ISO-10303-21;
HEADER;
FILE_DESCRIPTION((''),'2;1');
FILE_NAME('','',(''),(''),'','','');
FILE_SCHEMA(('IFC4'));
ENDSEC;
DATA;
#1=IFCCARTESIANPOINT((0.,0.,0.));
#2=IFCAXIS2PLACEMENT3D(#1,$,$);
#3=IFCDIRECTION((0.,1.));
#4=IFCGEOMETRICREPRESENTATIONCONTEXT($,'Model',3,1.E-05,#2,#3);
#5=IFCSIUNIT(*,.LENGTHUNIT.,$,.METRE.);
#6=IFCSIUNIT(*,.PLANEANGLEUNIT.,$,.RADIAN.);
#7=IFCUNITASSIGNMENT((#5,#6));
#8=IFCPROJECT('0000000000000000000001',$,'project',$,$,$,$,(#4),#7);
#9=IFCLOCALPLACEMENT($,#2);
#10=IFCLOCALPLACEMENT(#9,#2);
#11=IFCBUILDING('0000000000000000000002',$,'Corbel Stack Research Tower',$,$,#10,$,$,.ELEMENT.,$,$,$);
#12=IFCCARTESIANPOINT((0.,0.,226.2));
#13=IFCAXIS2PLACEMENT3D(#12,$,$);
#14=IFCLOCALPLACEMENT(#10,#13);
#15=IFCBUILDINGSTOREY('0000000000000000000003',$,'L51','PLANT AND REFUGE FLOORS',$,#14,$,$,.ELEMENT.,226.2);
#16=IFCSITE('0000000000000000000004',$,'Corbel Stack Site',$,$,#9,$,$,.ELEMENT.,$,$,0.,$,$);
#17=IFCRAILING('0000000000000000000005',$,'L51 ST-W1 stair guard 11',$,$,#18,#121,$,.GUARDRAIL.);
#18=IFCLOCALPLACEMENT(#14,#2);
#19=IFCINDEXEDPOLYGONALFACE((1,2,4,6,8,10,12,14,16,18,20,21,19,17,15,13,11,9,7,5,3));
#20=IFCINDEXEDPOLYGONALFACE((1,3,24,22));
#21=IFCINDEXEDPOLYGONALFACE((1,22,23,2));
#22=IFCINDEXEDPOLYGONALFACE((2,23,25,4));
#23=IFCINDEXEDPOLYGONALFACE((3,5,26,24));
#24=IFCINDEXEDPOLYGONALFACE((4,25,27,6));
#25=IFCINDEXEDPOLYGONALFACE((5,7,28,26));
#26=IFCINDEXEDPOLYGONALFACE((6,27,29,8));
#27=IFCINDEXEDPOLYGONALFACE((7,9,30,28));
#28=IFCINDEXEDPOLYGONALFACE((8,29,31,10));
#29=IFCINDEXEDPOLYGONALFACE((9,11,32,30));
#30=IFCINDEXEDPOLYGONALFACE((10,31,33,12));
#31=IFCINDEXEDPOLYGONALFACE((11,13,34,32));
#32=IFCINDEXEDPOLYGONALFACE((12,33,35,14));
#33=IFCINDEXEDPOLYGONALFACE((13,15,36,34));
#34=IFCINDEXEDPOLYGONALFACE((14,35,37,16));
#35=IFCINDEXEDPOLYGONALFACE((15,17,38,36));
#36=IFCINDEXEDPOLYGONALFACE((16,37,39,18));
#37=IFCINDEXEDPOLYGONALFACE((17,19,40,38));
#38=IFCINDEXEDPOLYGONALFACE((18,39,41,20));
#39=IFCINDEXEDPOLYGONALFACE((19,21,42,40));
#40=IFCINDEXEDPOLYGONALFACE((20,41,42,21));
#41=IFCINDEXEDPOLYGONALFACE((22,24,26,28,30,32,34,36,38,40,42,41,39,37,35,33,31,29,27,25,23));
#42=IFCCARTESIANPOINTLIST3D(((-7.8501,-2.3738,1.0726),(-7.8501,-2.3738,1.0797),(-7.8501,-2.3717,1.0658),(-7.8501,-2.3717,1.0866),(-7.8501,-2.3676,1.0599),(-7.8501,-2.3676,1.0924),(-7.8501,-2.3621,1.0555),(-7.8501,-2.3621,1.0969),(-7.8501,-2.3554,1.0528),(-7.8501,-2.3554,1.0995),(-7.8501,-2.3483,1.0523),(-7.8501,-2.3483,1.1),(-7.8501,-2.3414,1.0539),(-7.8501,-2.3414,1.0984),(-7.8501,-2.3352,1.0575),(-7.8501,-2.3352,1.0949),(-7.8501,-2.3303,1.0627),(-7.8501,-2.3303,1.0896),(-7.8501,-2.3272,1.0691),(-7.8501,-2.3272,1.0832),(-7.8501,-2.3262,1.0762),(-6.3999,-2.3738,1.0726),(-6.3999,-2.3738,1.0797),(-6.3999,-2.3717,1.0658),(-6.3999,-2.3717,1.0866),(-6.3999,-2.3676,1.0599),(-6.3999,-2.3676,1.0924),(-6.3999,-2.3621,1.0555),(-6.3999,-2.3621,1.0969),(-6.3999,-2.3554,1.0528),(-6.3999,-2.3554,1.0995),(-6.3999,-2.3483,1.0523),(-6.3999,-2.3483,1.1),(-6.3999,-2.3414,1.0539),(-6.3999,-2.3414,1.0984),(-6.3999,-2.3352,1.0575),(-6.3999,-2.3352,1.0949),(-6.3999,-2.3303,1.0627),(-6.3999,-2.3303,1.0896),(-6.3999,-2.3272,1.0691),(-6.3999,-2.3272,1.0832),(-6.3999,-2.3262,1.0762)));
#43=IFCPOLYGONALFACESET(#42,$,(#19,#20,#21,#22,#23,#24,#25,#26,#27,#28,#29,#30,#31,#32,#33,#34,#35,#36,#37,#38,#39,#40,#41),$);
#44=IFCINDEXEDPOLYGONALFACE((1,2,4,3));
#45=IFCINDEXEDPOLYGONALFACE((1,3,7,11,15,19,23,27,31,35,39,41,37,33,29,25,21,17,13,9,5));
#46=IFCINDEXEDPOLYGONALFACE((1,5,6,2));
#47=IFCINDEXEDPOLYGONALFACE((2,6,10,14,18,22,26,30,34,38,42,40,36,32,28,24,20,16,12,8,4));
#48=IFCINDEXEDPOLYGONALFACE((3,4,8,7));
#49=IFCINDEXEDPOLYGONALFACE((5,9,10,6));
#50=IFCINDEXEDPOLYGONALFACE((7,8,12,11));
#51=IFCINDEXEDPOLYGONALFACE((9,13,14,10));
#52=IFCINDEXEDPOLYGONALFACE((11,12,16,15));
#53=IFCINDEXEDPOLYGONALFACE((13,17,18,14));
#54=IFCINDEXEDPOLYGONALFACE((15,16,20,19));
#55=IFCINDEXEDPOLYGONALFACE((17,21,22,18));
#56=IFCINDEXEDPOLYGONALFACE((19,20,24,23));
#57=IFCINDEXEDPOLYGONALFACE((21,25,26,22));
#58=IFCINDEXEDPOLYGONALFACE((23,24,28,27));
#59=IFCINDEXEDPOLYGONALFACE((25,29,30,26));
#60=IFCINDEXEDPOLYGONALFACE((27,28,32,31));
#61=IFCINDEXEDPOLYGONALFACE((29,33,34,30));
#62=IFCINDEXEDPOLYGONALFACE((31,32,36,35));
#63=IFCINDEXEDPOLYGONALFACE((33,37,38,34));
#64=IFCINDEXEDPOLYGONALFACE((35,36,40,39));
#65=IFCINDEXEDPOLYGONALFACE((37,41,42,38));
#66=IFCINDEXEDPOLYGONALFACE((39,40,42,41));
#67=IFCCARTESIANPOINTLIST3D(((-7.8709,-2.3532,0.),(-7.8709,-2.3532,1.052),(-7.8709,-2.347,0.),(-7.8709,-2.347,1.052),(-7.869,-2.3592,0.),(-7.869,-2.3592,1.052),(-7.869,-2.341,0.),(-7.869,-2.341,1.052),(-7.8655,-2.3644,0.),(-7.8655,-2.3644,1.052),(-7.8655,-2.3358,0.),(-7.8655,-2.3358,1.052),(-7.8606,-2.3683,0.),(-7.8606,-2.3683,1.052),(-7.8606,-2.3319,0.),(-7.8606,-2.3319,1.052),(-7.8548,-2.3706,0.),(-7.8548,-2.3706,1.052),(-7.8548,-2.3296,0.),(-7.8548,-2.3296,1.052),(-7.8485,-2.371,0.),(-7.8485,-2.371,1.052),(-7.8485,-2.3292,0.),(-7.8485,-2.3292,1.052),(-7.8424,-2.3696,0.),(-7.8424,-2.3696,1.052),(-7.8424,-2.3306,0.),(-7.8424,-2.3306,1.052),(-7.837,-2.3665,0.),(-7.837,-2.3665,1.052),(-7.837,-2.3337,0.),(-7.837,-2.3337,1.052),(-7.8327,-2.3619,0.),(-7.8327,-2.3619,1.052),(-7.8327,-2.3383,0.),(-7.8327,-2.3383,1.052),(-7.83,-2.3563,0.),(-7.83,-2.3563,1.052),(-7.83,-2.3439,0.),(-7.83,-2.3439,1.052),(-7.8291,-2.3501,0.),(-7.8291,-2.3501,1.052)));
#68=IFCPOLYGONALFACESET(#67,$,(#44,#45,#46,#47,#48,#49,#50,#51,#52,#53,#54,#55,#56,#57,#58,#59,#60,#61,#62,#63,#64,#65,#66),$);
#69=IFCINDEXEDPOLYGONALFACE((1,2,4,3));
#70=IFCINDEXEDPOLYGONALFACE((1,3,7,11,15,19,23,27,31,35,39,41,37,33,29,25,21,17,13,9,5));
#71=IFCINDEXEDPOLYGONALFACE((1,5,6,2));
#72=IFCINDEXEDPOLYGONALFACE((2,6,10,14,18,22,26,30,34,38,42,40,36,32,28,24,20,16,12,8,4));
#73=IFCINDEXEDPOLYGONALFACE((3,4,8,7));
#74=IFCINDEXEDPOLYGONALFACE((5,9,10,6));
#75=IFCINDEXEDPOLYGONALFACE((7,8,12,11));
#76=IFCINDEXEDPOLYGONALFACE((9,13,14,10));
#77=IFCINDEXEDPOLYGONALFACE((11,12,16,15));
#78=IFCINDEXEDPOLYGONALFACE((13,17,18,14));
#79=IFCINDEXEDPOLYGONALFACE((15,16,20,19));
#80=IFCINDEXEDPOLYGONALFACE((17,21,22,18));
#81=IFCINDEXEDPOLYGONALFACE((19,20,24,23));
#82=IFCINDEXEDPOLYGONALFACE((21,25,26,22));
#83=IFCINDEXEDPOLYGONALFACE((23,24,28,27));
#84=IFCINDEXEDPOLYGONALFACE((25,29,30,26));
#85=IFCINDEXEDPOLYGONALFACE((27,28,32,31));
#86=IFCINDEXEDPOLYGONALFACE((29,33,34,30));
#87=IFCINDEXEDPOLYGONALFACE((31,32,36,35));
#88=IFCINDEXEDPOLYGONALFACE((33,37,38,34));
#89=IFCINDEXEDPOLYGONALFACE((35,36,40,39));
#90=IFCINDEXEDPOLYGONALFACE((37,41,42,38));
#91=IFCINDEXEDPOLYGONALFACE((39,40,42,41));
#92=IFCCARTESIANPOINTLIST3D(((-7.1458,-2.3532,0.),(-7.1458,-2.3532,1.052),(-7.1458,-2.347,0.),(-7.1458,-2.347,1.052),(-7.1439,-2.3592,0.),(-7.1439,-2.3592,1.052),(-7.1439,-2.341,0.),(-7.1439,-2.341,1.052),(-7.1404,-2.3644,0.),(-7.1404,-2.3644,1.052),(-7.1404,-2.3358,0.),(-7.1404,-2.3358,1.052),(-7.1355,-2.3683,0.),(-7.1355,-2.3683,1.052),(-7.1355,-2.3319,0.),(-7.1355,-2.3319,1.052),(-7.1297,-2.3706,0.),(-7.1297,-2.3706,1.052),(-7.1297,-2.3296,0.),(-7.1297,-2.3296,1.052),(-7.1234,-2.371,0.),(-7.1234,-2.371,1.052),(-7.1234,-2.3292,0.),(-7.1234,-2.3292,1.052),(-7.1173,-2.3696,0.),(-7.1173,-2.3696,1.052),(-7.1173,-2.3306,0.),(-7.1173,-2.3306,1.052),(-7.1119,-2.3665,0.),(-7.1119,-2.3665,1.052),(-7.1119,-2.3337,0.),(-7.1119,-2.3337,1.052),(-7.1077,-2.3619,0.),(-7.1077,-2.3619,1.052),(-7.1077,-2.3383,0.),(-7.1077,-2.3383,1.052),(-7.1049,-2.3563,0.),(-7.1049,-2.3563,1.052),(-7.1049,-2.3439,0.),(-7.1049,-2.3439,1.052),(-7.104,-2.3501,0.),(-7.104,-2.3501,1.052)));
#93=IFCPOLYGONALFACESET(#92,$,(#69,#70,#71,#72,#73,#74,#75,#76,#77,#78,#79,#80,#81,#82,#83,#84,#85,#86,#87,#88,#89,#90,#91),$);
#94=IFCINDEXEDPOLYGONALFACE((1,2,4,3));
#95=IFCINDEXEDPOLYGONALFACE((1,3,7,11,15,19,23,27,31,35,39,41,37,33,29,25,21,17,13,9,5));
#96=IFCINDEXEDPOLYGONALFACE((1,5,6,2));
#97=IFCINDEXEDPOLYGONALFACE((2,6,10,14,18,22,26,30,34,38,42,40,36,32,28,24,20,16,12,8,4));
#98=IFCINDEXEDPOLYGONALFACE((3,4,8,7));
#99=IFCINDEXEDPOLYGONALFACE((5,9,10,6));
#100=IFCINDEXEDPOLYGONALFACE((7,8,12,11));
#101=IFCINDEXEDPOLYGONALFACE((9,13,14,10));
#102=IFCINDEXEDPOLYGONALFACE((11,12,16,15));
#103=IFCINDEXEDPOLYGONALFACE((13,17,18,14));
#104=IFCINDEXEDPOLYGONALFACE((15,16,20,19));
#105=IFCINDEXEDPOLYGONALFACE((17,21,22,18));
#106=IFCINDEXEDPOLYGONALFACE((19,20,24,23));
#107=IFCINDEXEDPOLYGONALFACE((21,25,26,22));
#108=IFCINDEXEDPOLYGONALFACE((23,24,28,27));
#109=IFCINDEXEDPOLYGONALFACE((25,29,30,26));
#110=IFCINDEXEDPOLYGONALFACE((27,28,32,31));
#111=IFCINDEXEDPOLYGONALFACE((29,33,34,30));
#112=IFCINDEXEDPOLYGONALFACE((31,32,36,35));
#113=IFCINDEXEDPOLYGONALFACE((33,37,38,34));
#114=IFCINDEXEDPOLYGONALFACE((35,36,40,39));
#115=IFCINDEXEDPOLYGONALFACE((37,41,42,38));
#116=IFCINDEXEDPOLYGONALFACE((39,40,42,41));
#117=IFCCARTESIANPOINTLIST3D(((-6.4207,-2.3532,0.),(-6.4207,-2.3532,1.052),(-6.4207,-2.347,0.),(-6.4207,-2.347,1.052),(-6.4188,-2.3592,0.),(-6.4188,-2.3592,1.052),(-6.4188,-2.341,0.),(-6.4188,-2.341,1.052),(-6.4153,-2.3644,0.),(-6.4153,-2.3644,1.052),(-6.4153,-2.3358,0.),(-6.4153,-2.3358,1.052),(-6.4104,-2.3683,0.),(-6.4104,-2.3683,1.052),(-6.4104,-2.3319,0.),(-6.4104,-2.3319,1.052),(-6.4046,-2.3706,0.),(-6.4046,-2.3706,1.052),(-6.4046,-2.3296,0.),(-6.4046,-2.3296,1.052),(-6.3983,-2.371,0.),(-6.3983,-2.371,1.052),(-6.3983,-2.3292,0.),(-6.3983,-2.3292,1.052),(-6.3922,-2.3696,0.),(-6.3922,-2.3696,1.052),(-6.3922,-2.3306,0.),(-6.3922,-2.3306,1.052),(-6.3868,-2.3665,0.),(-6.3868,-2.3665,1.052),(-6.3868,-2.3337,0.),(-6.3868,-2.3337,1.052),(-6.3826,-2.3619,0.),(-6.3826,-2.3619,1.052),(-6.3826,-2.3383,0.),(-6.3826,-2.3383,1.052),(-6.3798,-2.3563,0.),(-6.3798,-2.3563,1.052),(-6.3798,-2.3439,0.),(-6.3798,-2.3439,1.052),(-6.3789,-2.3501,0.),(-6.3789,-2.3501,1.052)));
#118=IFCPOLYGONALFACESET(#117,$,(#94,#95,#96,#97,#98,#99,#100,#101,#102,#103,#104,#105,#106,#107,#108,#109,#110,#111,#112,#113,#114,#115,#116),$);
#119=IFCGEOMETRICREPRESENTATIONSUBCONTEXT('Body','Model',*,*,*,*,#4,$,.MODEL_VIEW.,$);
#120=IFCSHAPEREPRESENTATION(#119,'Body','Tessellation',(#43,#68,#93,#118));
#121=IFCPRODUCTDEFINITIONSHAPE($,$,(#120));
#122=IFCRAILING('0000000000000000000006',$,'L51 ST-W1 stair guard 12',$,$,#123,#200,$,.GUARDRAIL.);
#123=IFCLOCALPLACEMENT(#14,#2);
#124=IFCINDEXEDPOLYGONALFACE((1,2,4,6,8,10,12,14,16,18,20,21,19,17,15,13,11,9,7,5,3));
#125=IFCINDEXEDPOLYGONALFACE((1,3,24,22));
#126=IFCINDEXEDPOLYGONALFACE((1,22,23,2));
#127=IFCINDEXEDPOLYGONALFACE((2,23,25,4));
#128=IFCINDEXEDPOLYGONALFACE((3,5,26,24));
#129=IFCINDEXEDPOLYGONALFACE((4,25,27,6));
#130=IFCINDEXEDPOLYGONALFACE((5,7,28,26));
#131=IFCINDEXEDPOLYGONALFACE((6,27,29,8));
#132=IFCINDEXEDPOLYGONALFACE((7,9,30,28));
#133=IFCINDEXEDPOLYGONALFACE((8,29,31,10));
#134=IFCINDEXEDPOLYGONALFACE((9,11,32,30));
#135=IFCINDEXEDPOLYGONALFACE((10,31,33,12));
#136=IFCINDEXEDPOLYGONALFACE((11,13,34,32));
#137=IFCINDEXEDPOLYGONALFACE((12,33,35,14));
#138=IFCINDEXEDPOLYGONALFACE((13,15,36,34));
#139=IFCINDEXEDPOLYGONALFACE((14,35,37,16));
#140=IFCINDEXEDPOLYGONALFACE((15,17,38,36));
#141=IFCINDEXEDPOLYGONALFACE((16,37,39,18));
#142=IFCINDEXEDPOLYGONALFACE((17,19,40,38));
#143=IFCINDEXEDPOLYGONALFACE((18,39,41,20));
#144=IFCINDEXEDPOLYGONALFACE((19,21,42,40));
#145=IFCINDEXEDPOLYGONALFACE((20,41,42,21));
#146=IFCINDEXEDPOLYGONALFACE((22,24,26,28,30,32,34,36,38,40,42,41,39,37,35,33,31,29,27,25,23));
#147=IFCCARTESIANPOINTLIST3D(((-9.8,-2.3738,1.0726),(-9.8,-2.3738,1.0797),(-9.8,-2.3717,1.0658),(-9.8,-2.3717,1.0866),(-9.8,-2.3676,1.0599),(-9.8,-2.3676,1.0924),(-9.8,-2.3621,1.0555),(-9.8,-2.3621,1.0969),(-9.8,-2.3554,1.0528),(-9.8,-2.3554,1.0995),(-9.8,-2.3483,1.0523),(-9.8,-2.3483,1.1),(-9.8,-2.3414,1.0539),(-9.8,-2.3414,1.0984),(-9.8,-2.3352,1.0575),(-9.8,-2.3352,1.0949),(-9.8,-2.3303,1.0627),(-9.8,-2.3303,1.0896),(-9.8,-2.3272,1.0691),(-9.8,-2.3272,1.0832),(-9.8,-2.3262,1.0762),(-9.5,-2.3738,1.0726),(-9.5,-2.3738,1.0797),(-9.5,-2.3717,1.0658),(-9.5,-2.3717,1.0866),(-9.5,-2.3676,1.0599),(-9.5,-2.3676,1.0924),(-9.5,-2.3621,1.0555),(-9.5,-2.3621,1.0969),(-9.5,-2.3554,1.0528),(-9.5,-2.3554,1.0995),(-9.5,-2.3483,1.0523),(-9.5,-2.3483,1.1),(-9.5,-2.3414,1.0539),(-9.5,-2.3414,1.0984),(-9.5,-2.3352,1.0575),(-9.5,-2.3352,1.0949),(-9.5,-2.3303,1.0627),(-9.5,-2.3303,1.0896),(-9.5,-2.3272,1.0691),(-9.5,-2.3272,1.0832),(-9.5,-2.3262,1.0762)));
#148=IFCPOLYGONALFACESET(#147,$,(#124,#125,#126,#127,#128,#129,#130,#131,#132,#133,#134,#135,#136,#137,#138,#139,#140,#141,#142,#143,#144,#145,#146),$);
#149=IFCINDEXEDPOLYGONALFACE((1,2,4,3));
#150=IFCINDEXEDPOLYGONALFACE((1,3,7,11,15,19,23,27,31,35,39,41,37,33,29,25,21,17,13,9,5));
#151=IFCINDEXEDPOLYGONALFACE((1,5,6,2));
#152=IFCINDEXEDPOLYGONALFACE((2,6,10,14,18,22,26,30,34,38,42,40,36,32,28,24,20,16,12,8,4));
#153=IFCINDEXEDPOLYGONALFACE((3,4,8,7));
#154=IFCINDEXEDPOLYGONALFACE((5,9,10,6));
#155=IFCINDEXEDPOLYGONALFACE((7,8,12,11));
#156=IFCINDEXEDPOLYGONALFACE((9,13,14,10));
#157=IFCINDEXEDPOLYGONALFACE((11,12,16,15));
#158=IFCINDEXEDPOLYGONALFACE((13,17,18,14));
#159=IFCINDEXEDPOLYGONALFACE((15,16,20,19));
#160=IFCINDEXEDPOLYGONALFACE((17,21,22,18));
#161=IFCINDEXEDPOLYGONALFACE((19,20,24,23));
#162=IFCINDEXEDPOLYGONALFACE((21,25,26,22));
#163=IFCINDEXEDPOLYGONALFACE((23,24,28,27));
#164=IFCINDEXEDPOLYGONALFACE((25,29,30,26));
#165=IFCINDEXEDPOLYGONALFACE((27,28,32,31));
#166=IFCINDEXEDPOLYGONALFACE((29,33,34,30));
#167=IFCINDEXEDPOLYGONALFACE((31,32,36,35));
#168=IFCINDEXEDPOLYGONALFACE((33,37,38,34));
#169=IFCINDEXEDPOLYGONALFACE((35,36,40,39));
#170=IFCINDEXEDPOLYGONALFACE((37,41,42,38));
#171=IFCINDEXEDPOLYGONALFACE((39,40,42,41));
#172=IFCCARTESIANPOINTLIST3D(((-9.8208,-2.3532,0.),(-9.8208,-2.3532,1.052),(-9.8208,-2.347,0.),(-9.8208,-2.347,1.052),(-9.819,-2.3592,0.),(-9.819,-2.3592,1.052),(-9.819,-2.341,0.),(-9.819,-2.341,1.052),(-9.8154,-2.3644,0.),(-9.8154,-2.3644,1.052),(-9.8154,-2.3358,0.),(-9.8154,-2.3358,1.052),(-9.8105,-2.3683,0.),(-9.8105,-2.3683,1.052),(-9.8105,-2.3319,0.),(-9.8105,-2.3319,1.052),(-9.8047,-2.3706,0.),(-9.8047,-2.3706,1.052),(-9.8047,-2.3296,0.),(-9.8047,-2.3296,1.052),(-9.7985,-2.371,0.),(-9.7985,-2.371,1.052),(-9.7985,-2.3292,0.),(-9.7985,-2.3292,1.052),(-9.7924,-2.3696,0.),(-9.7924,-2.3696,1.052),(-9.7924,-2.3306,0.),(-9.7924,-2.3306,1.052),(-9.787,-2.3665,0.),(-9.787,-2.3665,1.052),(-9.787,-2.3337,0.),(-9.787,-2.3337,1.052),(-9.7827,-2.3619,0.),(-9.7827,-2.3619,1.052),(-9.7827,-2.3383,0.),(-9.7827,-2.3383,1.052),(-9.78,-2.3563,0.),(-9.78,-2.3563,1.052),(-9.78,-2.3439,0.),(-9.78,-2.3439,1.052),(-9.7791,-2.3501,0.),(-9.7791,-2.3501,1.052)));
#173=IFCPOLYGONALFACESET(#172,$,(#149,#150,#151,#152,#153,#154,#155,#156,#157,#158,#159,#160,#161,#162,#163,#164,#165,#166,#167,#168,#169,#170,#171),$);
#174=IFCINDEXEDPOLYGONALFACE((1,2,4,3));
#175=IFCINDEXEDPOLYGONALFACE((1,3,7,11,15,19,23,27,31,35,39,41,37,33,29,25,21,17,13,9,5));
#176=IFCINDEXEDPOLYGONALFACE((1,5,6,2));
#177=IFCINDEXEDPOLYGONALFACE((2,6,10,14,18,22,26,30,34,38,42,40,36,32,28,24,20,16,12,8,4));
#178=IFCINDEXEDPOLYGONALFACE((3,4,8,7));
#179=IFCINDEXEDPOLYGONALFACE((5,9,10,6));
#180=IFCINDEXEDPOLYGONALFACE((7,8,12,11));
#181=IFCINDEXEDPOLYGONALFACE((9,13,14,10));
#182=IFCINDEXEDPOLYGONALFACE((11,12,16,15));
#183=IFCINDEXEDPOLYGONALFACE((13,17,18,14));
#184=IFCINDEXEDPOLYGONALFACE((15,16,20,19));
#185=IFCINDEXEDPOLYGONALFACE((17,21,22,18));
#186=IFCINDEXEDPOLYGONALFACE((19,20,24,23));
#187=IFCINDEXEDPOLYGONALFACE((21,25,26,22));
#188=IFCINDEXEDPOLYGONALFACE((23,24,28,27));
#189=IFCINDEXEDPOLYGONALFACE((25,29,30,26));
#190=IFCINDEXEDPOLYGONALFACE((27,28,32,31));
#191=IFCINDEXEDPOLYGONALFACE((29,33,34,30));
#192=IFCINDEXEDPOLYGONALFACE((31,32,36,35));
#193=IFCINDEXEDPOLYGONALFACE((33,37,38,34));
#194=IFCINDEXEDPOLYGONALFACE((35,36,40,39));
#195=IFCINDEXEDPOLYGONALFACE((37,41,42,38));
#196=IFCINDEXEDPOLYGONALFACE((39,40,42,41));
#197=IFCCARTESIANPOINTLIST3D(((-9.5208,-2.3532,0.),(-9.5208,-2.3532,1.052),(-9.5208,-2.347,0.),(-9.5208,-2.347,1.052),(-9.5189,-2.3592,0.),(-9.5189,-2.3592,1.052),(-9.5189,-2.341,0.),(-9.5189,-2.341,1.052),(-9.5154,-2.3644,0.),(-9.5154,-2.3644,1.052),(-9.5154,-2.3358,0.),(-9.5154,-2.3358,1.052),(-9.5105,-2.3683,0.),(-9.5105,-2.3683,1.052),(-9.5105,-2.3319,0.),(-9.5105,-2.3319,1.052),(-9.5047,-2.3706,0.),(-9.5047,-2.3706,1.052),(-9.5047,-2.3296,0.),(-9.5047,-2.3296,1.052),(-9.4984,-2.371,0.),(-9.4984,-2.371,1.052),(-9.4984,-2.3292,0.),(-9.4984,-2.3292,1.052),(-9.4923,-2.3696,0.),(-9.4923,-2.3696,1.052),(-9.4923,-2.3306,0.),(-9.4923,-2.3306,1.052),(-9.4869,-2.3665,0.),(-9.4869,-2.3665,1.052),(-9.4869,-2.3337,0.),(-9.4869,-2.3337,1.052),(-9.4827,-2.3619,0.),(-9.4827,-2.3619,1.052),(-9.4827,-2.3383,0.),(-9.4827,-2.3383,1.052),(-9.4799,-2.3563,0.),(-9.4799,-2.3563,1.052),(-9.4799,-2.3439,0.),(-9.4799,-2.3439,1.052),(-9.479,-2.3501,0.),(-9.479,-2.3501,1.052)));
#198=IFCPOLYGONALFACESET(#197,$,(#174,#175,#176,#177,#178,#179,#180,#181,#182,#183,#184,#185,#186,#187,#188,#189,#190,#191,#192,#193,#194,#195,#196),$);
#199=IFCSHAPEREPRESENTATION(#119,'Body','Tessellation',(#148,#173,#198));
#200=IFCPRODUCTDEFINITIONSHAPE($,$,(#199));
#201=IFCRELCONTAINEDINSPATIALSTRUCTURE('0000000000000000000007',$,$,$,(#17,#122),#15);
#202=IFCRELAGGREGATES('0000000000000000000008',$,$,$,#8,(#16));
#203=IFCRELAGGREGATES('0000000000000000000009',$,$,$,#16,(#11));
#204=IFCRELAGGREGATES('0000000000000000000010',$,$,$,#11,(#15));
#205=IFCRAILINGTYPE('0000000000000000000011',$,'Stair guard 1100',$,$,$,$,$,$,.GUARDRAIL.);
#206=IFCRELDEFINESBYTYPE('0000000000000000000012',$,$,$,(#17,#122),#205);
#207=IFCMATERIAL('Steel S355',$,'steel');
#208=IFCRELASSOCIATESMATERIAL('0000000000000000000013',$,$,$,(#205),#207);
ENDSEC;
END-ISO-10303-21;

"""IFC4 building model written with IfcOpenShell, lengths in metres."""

from ifc_helpers import new_model, si_unit, direction, frame, origin, origin_2d, place, context, subcontext, project, spatial, circle, extrude, material, type_object, element, save


model = new_model("IFC4")

# Units and contexts
model_context = context("Model", 3, precision=1e-05, world=origin(), true_north=direction((0.0, 1.0)))
body_context = subcontext(model_context, "Body", "Model", "MODEL_VIEW")
ifc_project = project(units=[si_unit("LENGTHUNIT", "METRE"), si_unit("PLANEANGLEUNIT", "RADIAN")], contexts=[model_context])

# Site, building, storey
site_placement = place(None, origin())
site = spatial("IfcSite", under=ifc_project, at=site_placement, Name="Corbel Stack Site", CompositionType="ELEMENT", RefElevation=0.0)
building_placement = place(site_placement, origin())
building = spatial("IfcBuilding", under=site, at=building_placement, Name="Corbel Stack Research Tower", CompositionType="ELEMENT")
storey_placement = place(building_placement, frame((0.0, 0.0, 226.2)))
storey = spatial("IfcBuildingStorey", under=building, at=storey_placement, Name="L51", Description="PLANT AND REFUGE FLOORS", CompositionType="ELEMENT", Elevation=226.2)

# Railings
ifc_material_1 = material(Name="Steel S355", Category="steel")
railing_type_1 = type_object("IfcRailingType", Name="Stair guard 1100", PredefinedType="GUARDRAIL", material=ifc_material_1)
railing_1_placement = place(storey_placement, frame((-7.8501, -2.3501, 0.0)))
element("IfcRailing", 1, at=railing_1_placement, inside=storey, type_object=railing_type_1, Name="L51 ST-W1 stair guard 11", PredefinedType="GUARDRAIL", context=body_context, shape_type="SweptSolid", body=[
    extrude(circle(Radius=0.0239, at=origin_2d()), frame((0.0, 0.0, 1.0762), z_axis=(1.0, 0.0, 0.0), x_axis=(0.0, 1.0, 0.0)), (0.0, 0.0, 1.0), 1.4502),
    extrude(circle(Radius=0.021, at=origin_2d()), origin(), (0.0, 0.0, 1.0), 1.052),
    extrude(circle(Radius=0.021, at=origin_2d()), frame((0.7251, 0.0, 0.0)), (0.0, 0.0, 1.0), 1.052),
    extrude(circle(Radius=0.021, at=origin_2d()), frame((1.4502, 0.0, 0.0)), (0.0, 0.0, 1.0), 1.052),
])
railing_2_placement = place(storey_placement, frame((-9.8, -2.3501, 0.0)))
element("IfcRailing", 2, at=railing_2_placement, inside=storey, type_object=railing_type_1, Name="L51 ST-W1 stair guard 12", PredefinedType="GUARDRAIL", context=body_context, shape_type="SweptSolid", body=[
    extrude(circle(Radius=0.0239, at=origin_2d()), frame((0.0, 0.0, 1.0762), z_axis=(1.0, 0.0, 0.0), x_axis=(0.0, 1.0, 0.0)), (0.0, 0.0, 1.0), 0.3),
    extrude(circle(Radius=0.021, at=origin_2d()), origin(), (0.0, 0.0, 1.0), 1.052),
    extrude(circle(Radius=0.021, at=origin_2d()), frame((0.3, 0.0, 0.0)), (0.0, 0.0, 1.0), 1.052),
])

save(model, "model.ifc")
